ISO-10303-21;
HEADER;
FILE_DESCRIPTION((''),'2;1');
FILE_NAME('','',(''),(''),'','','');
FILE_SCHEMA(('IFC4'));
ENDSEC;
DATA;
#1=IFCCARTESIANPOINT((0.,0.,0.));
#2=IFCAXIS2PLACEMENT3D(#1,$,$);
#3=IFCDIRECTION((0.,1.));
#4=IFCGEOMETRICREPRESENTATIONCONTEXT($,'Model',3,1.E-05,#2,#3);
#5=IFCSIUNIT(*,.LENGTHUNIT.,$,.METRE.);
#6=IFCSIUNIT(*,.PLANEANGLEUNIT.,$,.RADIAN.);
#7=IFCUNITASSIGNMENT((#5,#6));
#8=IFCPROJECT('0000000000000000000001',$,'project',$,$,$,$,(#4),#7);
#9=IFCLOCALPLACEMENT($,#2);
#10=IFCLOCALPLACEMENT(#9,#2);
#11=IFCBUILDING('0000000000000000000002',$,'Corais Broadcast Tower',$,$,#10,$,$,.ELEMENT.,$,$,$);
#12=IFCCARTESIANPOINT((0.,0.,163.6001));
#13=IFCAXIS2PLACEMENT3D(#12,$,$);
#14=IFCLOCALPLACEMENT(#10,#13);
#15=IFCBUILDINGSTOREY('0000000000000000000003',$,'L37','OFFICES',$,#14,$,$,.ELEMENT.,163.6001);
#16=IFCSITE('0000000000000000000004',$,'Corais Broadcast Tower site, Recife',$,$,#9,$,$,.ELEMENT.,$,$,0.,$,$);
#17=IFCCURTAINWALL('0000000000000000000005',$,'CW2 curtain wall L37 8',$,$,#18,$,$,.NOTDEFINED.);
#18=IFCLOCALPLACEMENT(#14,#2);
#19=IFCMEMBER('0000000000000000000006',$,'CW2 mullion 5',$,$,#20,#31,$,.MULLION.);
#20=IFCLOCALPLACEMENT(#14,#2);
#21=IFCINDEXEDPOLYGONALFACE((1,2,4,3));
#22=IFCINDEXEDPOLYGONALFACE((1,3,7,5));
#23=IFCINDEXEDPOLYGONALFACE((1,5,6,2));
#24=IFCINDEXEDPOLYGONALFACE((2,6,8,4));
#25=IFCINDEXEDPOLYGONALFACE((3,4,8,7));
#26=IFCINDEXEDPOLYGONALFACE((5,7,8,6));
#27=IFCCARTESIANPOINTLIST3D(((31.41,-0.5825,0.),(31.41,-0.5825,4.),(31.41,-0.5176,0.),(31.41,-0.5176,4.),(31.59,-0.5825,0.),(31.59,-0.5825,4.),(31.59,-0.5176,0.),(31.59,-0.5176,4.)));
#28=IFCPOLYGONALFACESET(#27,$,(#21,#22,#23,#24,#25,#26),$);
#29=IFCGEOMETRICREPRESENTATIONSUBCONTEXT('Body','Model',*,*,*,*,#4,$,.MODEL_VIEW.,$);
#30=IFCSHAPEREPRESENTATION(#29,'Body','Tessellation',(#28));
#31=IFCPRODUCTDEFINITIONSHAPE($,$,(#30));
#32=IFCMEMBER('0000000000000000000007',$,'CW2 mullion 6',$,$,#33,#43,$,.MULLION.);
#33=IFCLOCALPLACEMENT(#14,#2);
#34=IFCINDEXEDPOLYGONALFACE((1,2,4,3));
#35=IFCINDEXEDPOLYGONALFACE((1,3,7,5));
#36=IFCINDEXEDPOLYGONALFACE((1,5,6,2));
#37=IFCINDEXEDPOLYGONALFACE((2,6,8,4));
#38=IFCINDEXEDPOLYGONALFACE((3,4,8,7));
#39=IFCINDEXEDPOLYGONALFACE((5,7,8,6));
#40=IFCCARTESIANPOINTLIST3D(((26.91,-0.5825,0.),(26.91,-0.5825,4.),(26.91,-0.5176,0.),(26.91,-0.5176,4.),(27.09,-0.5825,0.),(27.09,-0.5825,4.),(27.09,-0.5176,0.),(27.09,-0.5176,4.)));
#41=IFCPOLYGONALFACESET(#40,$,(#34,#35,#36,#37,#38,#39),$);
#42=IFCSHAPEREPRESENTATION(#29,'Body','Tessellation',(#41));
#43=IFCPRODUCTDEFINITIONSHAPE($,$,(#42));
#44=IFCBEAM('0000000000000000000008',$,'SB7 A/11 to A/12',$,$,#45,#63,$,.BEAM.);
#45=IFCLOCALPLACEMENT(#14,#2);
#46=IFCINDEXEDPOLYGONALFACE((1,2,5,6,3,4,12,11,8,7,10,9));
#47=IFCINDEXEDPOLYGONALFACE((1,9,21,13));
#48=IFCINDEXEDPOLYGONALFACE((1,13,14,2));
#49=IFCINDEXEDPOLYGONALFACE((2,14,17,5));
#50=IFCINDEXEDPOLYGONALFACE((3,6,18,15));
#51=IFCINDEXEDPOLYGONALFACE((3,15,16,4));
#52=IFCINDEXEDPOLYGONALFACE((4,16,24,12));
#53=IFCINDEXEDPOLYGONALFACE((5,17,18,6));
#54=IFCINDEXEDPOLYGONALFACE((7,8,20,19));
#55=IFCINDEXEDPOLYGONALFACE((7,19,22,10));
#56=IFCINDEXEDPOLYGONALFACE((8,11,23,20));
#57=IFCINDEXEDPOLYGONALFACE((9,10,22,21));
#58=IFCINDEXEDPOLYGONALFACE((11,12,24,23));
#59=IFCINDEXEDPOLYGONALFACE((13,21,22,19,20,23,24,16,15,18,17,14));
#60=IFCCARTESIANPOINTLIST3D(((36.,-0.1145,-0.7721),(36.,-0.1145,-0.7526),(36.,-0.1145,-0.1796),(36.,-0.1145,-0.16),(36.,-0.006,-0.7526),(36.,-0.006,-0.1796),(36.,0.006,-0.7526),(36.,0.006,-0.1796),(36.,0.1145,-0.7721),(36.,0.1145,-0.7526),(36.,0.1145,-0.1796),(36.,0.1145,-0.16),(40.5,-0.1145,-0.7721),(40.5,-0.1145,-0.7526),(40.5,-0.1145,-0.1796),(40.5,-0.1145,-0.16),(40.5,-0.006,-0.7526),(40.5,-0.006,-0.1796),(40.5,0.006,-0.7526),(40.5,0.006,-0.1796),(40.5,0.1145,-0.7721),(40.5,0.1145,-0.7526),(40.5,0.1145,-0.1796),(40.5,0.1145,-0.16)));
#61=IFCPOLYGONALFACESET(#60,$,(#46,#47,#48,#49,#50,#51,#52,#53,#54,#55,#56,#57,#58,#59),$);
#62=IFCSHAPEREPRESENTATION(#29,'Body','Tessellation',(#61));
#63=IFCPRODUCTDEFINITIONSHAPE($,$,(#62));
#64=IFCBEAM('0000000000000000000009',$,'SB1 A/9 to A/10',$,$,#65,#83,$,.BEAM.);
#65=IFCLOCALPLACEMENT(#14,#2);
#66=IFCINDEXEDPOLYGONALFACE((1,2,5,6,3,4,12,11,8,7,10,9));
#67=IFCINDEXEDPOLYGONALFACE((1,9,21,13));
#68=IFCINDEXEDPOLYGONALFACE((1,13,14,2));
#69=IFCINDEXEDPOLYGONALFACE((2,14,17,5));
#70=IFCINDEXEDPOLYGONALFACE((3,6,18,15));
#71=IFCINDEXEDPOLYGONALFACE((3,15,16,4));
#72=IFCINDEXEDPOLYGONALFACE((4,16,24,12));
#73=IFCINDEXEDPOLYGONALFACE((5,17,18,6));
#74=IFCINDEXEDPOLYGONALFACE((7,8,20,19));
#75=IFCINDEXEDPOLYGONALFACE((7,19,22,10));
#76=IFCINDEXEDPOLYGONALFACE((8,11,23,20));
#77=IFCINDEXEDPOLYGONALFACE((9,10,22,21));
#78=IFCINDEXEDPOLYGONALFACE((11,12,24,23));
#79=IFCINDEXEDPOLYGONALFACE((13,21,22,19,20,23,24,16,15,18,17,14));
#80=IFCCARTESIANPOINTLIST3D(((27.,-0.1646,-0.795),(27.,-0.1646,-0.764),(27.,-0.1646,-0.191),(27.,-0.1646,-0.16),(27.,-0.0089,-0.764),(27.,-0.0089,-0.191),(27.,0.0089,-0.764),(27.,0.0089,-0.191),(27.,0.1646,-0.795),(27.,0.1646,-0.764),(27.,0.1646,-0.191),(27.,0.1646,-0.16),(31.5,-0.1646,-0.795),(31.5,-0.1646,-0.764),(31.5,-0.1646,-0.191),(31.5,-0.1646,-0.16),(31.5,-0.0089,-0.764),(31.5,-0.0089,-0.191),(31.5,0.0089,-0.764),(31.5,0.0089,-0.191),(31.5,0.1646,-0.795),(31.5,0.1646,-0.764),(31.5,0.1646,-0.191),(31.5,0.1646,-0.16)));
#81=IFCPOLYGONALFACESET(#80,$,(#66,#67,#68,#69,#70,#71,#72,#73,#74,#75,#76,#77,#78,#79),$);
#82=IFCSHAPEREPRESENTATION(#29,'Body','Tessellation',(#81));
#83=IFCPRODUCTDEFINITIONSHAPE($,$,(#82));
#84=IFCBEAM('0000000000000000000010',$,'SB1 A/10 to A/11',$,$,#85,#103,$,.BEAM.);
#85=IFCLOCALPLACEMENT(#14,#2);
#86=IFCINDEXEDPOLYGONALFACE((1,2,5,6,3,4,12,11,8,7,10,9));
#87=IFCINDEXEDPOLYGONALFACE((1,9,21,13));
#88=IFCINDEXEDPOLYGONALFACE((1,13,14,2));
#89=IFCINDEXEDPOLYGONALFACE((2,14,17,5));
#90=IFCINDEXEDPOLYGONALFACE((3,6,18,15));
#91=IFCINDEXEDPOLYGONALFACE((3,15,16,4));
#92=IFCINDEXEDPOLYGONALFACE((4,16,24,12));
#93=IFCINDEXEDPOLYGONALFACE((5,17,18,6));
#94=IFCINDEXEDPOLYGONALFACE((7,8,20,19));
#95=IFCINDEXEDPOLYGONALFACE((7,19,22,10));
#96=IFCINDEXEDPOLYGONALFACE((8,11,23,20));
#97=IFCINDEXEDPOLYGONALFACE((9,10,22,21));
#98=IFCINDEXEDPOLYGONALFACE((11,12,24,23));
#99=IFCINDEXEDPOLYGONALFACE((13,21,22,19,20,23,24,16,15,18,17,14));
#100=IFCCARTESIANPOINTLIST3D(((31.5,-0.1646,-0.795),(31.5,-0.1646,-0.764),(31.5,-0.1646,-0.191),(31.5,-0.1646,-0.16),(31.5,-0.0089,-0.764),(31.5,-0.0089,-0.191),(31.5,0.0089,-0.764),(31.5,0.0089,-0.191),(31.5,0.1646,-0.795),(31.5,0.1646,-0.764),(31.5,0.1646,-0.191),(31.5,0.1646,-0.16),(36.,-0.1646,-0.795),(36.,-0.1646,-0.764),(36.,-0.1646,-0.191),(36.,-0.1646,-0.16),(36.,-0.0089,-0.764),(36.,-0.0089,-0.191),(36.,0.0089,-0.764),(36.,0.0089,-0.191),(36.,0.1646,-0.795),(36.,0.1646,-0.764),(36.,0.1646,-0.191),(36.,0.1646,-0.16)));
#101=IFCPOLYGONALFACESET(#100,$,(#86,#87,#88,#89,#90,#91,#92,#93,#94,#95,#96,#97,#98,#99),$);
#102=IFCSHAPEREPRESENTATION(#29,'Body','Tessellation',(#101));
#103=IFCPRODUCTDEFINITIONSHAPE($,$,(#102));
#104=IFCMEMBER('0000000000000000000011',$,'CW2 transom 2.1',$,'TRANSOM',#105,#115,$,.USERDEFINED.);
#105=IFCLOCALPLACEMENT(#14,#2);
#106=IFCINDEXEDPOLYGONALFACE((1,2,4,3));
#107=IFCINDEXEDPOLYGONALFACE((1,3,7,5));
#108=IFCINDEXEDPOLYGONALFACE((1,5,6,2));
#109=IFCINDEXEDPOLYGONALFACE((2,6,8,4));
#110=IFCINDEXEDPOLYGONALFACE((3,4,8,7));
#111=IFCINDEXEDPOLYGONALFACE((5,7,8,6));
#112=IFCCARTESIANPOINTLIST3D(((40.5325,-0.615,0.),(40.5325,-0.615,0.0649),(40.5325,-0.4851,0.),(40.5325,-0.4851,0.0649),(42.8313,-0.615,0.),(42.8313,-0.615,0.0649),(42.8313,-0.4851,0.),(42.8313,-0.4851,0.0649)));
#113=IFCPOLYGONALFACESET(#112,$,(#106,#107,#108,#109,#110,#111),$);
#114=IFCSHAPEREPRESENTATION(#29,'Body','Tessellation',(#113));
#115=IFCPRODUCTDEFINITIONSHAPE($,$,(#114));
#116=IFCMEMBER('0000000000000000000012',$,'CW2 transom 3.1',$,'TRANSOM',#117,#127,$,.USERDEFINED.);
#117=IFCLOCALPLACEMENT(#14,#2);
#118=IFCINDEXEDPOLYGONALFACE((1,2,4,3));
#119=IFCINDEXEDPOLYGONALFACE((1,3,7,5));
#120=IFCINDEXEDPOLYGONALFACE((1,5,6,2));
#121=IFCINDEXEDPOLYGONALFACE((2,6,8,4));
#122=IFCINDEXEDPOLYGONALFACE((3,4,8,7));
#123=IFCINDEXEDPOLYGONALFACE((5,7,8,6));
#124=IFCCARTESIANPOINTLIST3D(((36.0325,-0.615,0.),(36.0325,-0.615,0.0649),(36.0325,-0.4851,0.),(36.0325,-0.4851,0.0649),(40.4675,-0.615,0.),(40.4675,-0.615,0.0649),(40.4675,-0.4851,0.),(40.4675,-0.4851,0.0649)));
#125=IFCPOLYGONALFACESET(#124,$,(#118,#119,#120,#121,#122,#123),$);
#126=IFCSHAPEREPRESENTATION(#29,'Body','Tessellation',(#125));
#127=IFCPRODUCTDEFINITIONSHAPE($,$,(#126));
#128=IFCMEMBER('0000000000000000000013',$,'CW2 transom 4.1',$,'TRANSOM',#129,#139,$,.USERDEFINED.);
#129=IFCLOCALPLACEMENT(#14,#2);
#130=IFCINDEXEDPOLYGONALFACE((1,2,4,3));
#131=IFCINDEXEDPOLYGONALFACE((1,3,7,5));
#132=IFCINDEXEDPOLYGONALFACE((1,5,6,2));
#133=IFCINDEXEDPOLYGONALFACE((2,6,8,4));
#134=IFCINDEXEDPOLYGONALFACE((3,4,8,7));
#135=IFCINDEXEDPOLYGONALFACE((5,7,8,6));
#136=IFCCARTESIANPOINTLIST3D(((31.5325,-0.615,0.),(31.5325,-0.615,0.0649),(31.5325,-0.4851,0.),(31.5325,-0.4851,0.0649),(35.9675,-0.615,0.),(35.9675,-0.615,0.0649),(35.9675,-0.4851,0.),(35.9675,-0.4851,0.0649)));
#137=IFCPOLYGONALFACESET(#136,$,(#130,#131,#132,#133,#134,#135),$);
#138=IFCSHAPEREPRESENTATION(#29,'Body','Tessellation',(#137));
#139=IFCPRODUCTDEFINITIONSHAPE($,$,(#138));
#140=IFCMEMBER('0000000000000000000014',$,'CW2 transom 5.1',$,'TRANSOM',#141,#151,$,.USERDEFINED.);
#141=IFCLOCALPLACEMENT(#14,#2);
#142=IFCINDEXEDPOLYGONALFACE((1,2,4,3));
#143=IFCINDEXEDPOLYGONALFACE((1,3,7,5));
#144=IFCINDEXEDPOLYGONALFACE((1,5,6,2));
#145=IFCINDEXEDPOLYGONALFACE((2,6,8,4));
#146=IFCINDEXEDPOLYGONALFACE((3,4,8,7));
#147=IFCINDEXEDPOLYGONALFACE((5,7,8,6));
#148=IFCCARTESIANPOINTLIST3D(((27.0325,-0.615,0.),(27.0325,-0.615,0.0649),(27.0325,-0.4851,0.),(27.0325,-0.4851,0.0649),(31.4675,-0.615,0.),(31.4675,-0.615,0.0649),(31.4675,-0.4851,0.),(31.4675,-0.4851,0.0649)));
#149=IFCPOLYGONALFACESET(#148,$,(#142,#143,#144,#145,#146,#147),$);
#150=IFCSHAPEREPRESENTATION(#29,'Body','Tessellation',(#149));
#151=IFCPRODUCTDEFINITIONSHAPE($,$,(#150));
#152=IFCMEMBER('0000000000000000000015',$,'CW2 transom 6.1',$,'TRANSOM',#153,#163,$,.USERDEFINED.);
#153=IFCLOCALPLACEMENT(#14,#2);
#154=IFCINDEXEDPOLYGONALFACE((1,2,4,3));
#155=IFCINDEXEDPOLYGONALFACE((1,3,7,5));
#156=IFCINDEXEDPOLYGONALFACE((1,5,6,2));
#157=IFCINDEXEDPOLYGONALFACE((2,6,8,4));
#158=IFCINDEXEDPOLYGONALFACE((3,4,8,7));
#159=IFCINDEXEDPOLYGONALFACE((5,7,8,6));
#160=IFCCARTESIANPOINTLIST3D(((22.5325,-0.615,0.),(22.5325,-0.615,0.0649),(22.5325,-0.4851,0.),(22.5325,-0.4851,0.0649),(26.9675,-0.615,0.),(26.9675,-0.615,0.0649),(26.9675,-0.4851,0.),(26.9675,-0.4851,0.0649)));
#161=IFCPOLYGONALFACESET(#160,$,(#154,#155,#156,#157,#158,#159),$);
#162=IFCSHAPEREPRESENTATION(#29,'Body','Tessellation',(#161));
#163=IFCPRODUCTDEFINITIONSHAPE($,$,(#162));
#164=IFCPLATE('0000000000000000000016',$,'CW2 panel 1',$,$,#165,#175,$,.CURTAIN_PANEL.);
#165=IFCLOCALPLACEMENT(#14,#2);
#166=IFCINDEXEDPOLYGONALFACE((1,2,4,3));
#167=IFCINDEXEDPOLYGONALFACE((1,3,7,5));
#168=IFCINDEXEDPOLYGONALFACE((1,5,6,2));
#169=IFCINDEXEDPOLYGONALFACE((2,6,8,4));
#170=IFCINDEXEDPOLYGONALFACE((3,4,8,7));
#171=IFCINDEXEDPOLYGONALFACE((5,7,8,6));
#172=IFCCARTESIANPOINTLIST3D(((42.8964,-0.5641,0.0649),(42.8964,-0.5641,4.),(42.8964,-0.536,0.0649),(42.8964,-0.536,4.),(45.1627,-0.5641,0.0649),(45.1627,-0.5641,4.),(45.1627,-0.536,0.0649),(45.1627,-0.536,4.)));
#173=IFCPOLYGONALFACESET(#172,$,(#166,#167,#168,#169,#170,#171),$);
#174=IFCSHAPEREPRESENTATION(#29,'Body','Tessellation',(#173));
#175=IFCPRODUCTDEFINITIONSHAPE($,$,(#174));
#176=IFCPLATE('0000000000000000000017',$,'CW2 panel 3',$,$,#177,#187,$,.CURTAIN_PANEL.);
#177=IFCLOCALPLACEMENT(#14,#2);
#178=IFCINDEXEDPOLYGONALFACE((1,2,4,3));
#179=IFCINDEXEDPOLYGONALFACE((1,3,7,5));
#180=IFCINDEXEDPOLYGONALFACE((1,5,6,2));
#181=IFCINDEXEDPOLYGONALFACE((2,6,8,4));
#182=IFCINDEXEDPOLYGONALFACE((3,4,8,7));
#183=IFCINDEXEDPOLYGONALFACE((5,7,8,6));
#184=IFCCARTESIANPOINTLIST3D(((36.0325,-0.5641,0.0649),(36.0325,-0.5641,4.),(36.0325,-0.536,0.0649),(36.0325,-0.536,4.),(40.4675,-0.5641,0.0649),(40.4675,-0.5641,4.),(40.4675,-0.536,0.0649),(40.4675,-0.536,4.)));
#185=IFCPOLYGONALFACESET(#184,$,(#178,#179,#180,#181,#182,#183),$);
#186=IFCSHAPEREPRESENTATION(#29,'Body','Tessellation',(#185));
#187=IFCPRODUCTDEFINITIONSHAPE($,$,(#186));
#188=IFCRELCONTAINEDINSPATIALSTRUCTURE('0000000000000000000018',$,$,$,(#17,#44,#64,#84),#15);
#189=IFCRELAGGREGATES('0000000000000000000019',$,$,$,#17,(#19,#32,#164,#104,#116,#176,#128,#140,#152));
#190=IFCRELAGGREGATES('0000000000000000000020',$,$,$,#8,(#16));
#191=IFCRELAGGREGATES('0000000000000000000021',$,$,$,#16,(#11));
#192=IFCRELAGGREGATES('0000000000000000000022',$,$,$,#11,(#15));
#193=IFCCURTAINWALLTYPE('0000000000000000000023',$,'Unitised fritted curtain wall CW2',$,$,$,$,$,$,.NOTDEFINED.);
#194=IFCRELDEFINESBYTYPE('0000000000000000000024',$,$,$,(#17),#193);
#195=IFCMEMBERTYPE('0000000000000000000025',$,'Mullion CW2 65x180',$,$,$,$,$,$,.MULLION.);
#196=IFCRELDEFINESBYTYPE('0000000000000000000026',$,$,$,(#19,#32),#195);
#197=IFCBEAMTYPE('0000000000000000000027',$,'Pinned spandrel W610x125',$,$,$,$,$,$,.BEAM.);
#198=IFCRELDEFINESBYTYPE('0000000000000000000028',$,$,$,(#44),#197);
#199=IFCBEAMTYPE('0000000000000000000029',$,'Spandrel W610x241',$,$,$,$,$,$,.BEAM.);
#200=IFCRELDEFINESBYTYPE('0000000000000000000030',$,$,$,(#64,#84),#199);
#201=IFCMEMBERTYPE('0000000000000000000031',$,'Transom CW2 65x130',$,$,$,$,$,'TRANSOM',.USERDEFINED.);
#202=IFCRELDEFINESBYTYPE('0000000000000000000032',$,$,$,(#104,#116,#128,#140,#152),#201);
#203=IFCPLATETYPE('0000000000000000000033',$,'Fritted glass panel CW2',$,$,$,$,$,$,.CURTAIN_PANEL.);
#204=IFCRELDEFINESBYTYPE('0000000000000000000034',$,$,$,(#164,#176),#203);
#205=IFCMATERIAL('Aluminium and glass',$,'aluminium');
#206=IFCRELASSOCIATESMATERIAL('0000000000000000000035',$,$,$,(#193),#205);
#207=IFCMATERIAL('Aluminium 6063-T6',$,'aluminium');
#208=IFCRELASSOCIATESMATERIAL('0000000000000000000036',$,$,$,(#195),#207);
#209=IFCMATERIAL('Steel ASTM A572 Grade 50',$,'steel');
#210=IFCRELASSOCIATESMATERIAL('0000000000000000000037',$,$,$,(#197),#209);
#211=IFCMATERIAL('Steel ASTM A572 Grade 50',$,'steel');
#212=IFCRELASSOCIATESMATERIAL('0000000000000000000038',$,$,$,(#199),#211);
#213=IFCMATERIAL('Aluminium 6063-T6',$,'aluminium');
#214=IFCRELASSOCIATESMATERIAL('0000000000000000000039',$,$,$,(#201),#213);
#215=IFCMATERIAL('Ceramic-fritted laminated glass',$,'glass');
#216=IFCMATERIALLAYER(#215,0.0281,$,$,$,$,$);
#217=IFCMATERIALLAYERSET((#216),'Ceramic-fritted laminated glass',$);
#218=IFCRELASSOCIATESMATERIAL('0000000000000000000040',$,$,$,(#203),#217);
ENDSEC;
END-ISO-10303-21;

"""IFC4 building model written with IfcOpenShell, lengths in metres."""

from ifc_helpers import new_model, si_unit, direction, frame, origin, origin_2d, place, context, subcontext, project, spatial, rectangle, i_section, extrude, material, layer, layer_set, material_profile, profile_set, type_object, element, aggregate, save


model = new_model("IFC4")

# Units and contexts
model_context = context("Model", 3, precision=1e-05, world=origin(), true_north=direction((0.0, 1.0)))
body_context = subcontext(model_context, "Body", "Model", "MODEL_VIEW")
ifc_project = project(units=[si_unit("LENGTHUNIT", "METRE"), si_unit("PLANEANGLEUNIT", "RADIAN")], contexts=[model_context])

# Site, building, storey
site_placement = place(None, origin())
site = spatial("IfcSite", under=ifc_project, at=site_placement, Name="Corais Broadcast Tower site, Recife", CompositionType="ELEMENT", RefElevation=0.0)
building_placement = place(site_placement, origin())
building = spatial("IfcBuilding", under=site, at=building_placement, Name="Corais Broadcast Tower", CompositionType="ELEMENT")
storey_placement = place(building_placement, frame((0.0, 0.0, 163.6001)))
storey = spatial("IfcBuildingStorey", under=building, at=storey_placement, Name="L37", Description="OFFICES", CompositionType="ELEMENT", Elevation=163.6001)

# Curtain wall, members
ifc_material_1 = material(Name="Aluminium and glass", Category="aluminium")
curtain_wall_type = type_object("IfcCurtainWallType", Name="Unitised fritted curtain wall CW2", PredefinedType="NOTDEFINED", material=ifc_material_1)
curtain_wall_placement = place(storey_placement, origin())
curtain_wall = element("IfcCurtainWall", 1, at=curtain_wall_placement, inside=storey, type_object=curtain_wall_type, Name="CW2 curtain wall L37 8", PredefinedType="NOTDEFINED")
ifc_material_2 = material(Name="Aluminium 6063-T6", Category="aluminium")
ifc_material_profile_1 = material_profile(ifc_material_2, rectangle(XDim=0.0649, YDim=0.1799, at=origin_2d()), Name="Mullion CW2 65x180")
ifc_profile_set_1 = profile_set([ifc_material_profile_1], Name="Aluminium 6063-T6")
member_type_1 = type_object("IfcMemberType", Name="Mullion CW2 65x180", PredefinedType="MULLION", material=ifc_profile_set_1)
member_1_placement = place(storey_placement, frame((31.5, -0.55, 0.0), z_axis=(0.0, 0.0, 1.0), x_axis=(0.0, -1.0, 0.0)))
member_1 = element("IfcMember", 2, at=member_1_placement, type_object=member_type_1, Name="CW2 mullion 5", PredefinedType="MULLION", context=body_context, shape_type="SweptSolid", body=[
    extrude(rectangle(XDim=0.0649, YDim=0.1799, at=origin_2d()), origin(), (0.0, 0.0, 1.0), 4.0),
])
member_2_placement = place(storey_placement, frame((27.0, -0.55, 0.0), z_axis=(0.0, 0.0, 1.0), x_axis=(0.0, -1.0, 0.0)))
member_2 = element("IfcMember", 3, at=member_2_placement, type_object=member_type_1, Name="CW2 mullion 6", PredefinedType="MULLION", context=body_context, shape_type="SweptSolid", body=[
    extrude(rectangle(XDim=0.0649, YDim=0.1799, at=origin_2d()), origin(), (0.0, 0.0, 1.0), 4.0),
])

# Beams
ifc_material_3 = material(Name="Steel ASTM A572 Grade 50", Category="steel")
ifc_material_profile_2 = material_profile(ifc_material_3, i_section(OverallWidth=0.229, OverallDepth=0.6121, WebThickness=0.012, FlangeThickness=0.0195, at=origin_2d()), Name="W610x125")
ifc_profile_set_2 = profile_set([ifc_material_profile_2], Name="Steel ASTM A572 Grade 50")
beam_type_1 = type_object("IfcBeamType", Name="Pinned spandrel W610x125", PredefinedType="BEAM", material=ifc_profile_set_2)
beam_placement = place(storey_placement, frame((36.0, 0.0, -0.4661), z_axis=(1.0, 0.0, 0.0), x_axis=(0.0, 1.0, 0.0)))
element("IfcBeam", 4, at=beam_placement, inside=storey, type_object=beam_type_1, Name="SB7 A/11 to A/12", PredefinedType="BEAM", context=body_context, shape_type="SweptSolid", body=[
    extrude(i_section(OverallWidth=0.229, OverallDepth=0.6121, WebThickness=0.012, FlangeThickness=0.0195, at=origin_2d()), origin(), (0.0, 0.0, 1.0), 4.5),
])
ifc_material_4 = material(Name="Steel ASTM A572 Grade 50", Category="steel")
ifc_material_profile_3 = material_profile(ifc_material_4, i_section(OverallWidth=0.3291, OverallDepth=0.635, WebThickness=0.0178, FlangeThickness=0.031, at=origin_2d()), Name="W610x241")
ifc_profile_set_3 = profile_set([ifc_material_profile_3], Name="Steel ASTM A572 Grade 50")
beam_type_2 = type_object("IfcBeamType", Name="Spandrel W610x241", PredefinedType="BEAM", material=ifc_profile_set_3)
for number, where, z_axis, x_axis, name in (
    (5, (27.0, 0.0, -0.4775), (1.0, 0.0, 0.0), (0.0, 1.0, 0.0), "SB1 A/9 to A/10"),
    (6, (31.5, 0.0, -0.4775), (1.0, 0.0, 0.0), (0.0, 1.0, 0.0), "SB1 A/10 to A/11"),
):
    element("IfcBeam", number, at=place(storey_placement, frame(where, z_axis=z_axis, x_axis=x_axis)), inside=storey, type_object=beam_type_2, Name=name, PredefinedType="BEAM", context=body_context, shape_type="SweptSolid", body=[
        extrude(i_section(OverallWidth=0.3291, OverallDepth=0.635, WebThickness=0.0178, FlangeThickness=0.031, at=origin_2d()), origin(), (0.0, 0.0, 1.0), 4.5),
    ])

# Members
ifc_material_5 = material(Name="Aluminium 6063-T6", Category="aluminium")
ifc_material_profile_4 = material_profile(ifc_material_5, rectangle(XDim=0.1299, YDim=0.0649, at=origin_2d()), Name="Transom CW2 65x130")
ifc_profile_set_4 = profile_set([ifc_material_profile_4], Name="Aluminium 6063-T6")
member_type_2 = type_object("IfcMemberType", Name="Transom CW2 65x130", ElementType="TRANSOM", PredefinedType="USERDEFINED", material=ifc_profile_set_4)
member_3_placement = place(storey_placement, frame((42.8313, -0.55, 0.0325), z_axis=(-1.0, 0.0, 0.0), x_axis=(0.0, -1.0, 0.0)))
member_3 = element("IfcMember", 7, at=member_3_placement, type_object=member_type_2, Name="CW2 transom 2.1", ObjectType="TRANSOM", PredefinedType="USERDEFINED", context=body_context, shape_type="SweptSolid", body=[
    extrude(rectangle(XDim=0.1299, YDim=0.0649, at=origin_2d()), origin(), (0.0, 0.0, 1.0), 2.2988),
])
member_4_placement = place(storey_placement, frame((40.4675, -0.55, 0.0325), z_axis=(-1.0, 0.0, 0.0), x_axis=(0.0, -1.0, 0.0)))
member_4 = element("IfcMember", 8, at=member_4_placement, type_object=member_type_2, Name="CW2 transom 3.1", ObjectType="TRANSOM", PredefinedType="USERDEFINED", context=body_context, shape_type="SweptSolid", body=[
    extrude(rectangle(XDim=0.1299, YDim=0.0649, at=origin_2d()), origin(), (0.0, 0.0, 1.0), 4.4351),
])
member_5_placement = place(storey_placement, frame((35.9675, -0.55, 0.0325), z_axis=(-1.0, 0.0, 0.0), x_axis=(0.0, -1.0, 0.0)))
member_5 = element("IfcMember", 9, at=member_5_placement, type_object=member_type_2, Name="CW2 transom 4.1", ObjectType="TRANSOM", PredefinedType="USERDEFINED", context=body_context, shape_type="SweptSolid", body=[
    extrude(rectangle(XDim=0.1299, YDim=0.0649, at=origin_2d()), origin(), (0.0, 0.0, 1.0), 4.4351),
])
member_6_placement = place(storey_placement, frame((31.4675, -0.55, 0.0325), z_axis=(-1.0, 0.0, 0.0), x_axis=(0.0, -1.0, 0.0)))
member_6 = element("IfcMember", 10, at=member_6_placement, type_object=member_type_2, Name="CW2 transom 5.1", ObjectType="TRANSOM", PredefinedType="USERDEFINED", context=body_context, shape_type="SweptSolid", body=[
    extrude(rectangle(XDim=0.1299, YDim=0.0649, at=origin_2d()), origin(), (0.0, 0.0, 1.0), 4.4351),
])
member_7_placement = place(storey_placement, frame((26.9675, -0.55, 0.0325), z_axis=(-1.0, 0.0, 0.0), x_axis=(0.0, -1.0, 0.0)))
member_7 = element("IfcMember", 11, at=member_7_placement, type_object=member_type_2, Name="CW2 transom 6.1", ObjectType="TRANSOM", PredefinedType="USERDEFINED", context=body_context, shape_type="SweptSolid", body=[
    extrude(rectangle(XDim=0.1299, YDim=0.0649, at=origin_2d()), origin(), (0.0, 0.0, 1.0), 4.4351),
])

# Plates
ifc_material_6 = material(Name="Ceramic-fritted laminated glass", Category="glass")
ifc_layer_1 = layer(ifc_material_6, 0.0281)
ifc_layer_set_1 = layer_set([ifc_layer_1], Name="Ceramic-fritted laminated glass")
plate_type_1 = type_object("IfcPlateType", Name="Fritted glass panel CW2", PredefinedType="CURTAIN_PANEL", material=ifc_layer_set_1)
plate_1_placement = place(storey_placement, frame((44.0295, -0.55, 0.0649), z_axis=(0.0, 0.0, 1.0), x_axis=(-1.0, 0.0, 0.0)))
plate_1 = element("IfcPlate", 12, at=plate_1_placement, type_object=plate_type_1, Name="CW2 panel 1", PredefinedType="CURTAIN_PANEL", context=body_context, shape_type="SweptSolid", body=[
    extrude(rectangle(XDim=2.2664, YDim=0.0281, at=origin_2d()), origin(), (0.0, 0.0, 1.0), 3.9351),
])
plate_2_placement = place(storey_placement, frame((38.25, -0.55, 0.0649), z_axis=(0.0, 0.0, 1.0), x_axis=(-1.0, 0.0, 0.0)))
plate_2 = element("IfcPlate", 13, at=plate_2_placement, type_object=plate_type_1, Name="CW2 panel 3", PredefinedType="CURTAIN_PANEL", context=body_context, shape_type="SweptSolid", body=[
    extrude(rectangle(XDim=4.4351, YDim=0.0281, at=origin_2d()), origin(), (0.0, 0.0, 1.0), 3.9351),
])
aggregate(curtain_wall, [member_1, member_2, plate_1, member_3, member_4, plate_2, member_5, member_6, member_7])

save(model, "model.ifc")
